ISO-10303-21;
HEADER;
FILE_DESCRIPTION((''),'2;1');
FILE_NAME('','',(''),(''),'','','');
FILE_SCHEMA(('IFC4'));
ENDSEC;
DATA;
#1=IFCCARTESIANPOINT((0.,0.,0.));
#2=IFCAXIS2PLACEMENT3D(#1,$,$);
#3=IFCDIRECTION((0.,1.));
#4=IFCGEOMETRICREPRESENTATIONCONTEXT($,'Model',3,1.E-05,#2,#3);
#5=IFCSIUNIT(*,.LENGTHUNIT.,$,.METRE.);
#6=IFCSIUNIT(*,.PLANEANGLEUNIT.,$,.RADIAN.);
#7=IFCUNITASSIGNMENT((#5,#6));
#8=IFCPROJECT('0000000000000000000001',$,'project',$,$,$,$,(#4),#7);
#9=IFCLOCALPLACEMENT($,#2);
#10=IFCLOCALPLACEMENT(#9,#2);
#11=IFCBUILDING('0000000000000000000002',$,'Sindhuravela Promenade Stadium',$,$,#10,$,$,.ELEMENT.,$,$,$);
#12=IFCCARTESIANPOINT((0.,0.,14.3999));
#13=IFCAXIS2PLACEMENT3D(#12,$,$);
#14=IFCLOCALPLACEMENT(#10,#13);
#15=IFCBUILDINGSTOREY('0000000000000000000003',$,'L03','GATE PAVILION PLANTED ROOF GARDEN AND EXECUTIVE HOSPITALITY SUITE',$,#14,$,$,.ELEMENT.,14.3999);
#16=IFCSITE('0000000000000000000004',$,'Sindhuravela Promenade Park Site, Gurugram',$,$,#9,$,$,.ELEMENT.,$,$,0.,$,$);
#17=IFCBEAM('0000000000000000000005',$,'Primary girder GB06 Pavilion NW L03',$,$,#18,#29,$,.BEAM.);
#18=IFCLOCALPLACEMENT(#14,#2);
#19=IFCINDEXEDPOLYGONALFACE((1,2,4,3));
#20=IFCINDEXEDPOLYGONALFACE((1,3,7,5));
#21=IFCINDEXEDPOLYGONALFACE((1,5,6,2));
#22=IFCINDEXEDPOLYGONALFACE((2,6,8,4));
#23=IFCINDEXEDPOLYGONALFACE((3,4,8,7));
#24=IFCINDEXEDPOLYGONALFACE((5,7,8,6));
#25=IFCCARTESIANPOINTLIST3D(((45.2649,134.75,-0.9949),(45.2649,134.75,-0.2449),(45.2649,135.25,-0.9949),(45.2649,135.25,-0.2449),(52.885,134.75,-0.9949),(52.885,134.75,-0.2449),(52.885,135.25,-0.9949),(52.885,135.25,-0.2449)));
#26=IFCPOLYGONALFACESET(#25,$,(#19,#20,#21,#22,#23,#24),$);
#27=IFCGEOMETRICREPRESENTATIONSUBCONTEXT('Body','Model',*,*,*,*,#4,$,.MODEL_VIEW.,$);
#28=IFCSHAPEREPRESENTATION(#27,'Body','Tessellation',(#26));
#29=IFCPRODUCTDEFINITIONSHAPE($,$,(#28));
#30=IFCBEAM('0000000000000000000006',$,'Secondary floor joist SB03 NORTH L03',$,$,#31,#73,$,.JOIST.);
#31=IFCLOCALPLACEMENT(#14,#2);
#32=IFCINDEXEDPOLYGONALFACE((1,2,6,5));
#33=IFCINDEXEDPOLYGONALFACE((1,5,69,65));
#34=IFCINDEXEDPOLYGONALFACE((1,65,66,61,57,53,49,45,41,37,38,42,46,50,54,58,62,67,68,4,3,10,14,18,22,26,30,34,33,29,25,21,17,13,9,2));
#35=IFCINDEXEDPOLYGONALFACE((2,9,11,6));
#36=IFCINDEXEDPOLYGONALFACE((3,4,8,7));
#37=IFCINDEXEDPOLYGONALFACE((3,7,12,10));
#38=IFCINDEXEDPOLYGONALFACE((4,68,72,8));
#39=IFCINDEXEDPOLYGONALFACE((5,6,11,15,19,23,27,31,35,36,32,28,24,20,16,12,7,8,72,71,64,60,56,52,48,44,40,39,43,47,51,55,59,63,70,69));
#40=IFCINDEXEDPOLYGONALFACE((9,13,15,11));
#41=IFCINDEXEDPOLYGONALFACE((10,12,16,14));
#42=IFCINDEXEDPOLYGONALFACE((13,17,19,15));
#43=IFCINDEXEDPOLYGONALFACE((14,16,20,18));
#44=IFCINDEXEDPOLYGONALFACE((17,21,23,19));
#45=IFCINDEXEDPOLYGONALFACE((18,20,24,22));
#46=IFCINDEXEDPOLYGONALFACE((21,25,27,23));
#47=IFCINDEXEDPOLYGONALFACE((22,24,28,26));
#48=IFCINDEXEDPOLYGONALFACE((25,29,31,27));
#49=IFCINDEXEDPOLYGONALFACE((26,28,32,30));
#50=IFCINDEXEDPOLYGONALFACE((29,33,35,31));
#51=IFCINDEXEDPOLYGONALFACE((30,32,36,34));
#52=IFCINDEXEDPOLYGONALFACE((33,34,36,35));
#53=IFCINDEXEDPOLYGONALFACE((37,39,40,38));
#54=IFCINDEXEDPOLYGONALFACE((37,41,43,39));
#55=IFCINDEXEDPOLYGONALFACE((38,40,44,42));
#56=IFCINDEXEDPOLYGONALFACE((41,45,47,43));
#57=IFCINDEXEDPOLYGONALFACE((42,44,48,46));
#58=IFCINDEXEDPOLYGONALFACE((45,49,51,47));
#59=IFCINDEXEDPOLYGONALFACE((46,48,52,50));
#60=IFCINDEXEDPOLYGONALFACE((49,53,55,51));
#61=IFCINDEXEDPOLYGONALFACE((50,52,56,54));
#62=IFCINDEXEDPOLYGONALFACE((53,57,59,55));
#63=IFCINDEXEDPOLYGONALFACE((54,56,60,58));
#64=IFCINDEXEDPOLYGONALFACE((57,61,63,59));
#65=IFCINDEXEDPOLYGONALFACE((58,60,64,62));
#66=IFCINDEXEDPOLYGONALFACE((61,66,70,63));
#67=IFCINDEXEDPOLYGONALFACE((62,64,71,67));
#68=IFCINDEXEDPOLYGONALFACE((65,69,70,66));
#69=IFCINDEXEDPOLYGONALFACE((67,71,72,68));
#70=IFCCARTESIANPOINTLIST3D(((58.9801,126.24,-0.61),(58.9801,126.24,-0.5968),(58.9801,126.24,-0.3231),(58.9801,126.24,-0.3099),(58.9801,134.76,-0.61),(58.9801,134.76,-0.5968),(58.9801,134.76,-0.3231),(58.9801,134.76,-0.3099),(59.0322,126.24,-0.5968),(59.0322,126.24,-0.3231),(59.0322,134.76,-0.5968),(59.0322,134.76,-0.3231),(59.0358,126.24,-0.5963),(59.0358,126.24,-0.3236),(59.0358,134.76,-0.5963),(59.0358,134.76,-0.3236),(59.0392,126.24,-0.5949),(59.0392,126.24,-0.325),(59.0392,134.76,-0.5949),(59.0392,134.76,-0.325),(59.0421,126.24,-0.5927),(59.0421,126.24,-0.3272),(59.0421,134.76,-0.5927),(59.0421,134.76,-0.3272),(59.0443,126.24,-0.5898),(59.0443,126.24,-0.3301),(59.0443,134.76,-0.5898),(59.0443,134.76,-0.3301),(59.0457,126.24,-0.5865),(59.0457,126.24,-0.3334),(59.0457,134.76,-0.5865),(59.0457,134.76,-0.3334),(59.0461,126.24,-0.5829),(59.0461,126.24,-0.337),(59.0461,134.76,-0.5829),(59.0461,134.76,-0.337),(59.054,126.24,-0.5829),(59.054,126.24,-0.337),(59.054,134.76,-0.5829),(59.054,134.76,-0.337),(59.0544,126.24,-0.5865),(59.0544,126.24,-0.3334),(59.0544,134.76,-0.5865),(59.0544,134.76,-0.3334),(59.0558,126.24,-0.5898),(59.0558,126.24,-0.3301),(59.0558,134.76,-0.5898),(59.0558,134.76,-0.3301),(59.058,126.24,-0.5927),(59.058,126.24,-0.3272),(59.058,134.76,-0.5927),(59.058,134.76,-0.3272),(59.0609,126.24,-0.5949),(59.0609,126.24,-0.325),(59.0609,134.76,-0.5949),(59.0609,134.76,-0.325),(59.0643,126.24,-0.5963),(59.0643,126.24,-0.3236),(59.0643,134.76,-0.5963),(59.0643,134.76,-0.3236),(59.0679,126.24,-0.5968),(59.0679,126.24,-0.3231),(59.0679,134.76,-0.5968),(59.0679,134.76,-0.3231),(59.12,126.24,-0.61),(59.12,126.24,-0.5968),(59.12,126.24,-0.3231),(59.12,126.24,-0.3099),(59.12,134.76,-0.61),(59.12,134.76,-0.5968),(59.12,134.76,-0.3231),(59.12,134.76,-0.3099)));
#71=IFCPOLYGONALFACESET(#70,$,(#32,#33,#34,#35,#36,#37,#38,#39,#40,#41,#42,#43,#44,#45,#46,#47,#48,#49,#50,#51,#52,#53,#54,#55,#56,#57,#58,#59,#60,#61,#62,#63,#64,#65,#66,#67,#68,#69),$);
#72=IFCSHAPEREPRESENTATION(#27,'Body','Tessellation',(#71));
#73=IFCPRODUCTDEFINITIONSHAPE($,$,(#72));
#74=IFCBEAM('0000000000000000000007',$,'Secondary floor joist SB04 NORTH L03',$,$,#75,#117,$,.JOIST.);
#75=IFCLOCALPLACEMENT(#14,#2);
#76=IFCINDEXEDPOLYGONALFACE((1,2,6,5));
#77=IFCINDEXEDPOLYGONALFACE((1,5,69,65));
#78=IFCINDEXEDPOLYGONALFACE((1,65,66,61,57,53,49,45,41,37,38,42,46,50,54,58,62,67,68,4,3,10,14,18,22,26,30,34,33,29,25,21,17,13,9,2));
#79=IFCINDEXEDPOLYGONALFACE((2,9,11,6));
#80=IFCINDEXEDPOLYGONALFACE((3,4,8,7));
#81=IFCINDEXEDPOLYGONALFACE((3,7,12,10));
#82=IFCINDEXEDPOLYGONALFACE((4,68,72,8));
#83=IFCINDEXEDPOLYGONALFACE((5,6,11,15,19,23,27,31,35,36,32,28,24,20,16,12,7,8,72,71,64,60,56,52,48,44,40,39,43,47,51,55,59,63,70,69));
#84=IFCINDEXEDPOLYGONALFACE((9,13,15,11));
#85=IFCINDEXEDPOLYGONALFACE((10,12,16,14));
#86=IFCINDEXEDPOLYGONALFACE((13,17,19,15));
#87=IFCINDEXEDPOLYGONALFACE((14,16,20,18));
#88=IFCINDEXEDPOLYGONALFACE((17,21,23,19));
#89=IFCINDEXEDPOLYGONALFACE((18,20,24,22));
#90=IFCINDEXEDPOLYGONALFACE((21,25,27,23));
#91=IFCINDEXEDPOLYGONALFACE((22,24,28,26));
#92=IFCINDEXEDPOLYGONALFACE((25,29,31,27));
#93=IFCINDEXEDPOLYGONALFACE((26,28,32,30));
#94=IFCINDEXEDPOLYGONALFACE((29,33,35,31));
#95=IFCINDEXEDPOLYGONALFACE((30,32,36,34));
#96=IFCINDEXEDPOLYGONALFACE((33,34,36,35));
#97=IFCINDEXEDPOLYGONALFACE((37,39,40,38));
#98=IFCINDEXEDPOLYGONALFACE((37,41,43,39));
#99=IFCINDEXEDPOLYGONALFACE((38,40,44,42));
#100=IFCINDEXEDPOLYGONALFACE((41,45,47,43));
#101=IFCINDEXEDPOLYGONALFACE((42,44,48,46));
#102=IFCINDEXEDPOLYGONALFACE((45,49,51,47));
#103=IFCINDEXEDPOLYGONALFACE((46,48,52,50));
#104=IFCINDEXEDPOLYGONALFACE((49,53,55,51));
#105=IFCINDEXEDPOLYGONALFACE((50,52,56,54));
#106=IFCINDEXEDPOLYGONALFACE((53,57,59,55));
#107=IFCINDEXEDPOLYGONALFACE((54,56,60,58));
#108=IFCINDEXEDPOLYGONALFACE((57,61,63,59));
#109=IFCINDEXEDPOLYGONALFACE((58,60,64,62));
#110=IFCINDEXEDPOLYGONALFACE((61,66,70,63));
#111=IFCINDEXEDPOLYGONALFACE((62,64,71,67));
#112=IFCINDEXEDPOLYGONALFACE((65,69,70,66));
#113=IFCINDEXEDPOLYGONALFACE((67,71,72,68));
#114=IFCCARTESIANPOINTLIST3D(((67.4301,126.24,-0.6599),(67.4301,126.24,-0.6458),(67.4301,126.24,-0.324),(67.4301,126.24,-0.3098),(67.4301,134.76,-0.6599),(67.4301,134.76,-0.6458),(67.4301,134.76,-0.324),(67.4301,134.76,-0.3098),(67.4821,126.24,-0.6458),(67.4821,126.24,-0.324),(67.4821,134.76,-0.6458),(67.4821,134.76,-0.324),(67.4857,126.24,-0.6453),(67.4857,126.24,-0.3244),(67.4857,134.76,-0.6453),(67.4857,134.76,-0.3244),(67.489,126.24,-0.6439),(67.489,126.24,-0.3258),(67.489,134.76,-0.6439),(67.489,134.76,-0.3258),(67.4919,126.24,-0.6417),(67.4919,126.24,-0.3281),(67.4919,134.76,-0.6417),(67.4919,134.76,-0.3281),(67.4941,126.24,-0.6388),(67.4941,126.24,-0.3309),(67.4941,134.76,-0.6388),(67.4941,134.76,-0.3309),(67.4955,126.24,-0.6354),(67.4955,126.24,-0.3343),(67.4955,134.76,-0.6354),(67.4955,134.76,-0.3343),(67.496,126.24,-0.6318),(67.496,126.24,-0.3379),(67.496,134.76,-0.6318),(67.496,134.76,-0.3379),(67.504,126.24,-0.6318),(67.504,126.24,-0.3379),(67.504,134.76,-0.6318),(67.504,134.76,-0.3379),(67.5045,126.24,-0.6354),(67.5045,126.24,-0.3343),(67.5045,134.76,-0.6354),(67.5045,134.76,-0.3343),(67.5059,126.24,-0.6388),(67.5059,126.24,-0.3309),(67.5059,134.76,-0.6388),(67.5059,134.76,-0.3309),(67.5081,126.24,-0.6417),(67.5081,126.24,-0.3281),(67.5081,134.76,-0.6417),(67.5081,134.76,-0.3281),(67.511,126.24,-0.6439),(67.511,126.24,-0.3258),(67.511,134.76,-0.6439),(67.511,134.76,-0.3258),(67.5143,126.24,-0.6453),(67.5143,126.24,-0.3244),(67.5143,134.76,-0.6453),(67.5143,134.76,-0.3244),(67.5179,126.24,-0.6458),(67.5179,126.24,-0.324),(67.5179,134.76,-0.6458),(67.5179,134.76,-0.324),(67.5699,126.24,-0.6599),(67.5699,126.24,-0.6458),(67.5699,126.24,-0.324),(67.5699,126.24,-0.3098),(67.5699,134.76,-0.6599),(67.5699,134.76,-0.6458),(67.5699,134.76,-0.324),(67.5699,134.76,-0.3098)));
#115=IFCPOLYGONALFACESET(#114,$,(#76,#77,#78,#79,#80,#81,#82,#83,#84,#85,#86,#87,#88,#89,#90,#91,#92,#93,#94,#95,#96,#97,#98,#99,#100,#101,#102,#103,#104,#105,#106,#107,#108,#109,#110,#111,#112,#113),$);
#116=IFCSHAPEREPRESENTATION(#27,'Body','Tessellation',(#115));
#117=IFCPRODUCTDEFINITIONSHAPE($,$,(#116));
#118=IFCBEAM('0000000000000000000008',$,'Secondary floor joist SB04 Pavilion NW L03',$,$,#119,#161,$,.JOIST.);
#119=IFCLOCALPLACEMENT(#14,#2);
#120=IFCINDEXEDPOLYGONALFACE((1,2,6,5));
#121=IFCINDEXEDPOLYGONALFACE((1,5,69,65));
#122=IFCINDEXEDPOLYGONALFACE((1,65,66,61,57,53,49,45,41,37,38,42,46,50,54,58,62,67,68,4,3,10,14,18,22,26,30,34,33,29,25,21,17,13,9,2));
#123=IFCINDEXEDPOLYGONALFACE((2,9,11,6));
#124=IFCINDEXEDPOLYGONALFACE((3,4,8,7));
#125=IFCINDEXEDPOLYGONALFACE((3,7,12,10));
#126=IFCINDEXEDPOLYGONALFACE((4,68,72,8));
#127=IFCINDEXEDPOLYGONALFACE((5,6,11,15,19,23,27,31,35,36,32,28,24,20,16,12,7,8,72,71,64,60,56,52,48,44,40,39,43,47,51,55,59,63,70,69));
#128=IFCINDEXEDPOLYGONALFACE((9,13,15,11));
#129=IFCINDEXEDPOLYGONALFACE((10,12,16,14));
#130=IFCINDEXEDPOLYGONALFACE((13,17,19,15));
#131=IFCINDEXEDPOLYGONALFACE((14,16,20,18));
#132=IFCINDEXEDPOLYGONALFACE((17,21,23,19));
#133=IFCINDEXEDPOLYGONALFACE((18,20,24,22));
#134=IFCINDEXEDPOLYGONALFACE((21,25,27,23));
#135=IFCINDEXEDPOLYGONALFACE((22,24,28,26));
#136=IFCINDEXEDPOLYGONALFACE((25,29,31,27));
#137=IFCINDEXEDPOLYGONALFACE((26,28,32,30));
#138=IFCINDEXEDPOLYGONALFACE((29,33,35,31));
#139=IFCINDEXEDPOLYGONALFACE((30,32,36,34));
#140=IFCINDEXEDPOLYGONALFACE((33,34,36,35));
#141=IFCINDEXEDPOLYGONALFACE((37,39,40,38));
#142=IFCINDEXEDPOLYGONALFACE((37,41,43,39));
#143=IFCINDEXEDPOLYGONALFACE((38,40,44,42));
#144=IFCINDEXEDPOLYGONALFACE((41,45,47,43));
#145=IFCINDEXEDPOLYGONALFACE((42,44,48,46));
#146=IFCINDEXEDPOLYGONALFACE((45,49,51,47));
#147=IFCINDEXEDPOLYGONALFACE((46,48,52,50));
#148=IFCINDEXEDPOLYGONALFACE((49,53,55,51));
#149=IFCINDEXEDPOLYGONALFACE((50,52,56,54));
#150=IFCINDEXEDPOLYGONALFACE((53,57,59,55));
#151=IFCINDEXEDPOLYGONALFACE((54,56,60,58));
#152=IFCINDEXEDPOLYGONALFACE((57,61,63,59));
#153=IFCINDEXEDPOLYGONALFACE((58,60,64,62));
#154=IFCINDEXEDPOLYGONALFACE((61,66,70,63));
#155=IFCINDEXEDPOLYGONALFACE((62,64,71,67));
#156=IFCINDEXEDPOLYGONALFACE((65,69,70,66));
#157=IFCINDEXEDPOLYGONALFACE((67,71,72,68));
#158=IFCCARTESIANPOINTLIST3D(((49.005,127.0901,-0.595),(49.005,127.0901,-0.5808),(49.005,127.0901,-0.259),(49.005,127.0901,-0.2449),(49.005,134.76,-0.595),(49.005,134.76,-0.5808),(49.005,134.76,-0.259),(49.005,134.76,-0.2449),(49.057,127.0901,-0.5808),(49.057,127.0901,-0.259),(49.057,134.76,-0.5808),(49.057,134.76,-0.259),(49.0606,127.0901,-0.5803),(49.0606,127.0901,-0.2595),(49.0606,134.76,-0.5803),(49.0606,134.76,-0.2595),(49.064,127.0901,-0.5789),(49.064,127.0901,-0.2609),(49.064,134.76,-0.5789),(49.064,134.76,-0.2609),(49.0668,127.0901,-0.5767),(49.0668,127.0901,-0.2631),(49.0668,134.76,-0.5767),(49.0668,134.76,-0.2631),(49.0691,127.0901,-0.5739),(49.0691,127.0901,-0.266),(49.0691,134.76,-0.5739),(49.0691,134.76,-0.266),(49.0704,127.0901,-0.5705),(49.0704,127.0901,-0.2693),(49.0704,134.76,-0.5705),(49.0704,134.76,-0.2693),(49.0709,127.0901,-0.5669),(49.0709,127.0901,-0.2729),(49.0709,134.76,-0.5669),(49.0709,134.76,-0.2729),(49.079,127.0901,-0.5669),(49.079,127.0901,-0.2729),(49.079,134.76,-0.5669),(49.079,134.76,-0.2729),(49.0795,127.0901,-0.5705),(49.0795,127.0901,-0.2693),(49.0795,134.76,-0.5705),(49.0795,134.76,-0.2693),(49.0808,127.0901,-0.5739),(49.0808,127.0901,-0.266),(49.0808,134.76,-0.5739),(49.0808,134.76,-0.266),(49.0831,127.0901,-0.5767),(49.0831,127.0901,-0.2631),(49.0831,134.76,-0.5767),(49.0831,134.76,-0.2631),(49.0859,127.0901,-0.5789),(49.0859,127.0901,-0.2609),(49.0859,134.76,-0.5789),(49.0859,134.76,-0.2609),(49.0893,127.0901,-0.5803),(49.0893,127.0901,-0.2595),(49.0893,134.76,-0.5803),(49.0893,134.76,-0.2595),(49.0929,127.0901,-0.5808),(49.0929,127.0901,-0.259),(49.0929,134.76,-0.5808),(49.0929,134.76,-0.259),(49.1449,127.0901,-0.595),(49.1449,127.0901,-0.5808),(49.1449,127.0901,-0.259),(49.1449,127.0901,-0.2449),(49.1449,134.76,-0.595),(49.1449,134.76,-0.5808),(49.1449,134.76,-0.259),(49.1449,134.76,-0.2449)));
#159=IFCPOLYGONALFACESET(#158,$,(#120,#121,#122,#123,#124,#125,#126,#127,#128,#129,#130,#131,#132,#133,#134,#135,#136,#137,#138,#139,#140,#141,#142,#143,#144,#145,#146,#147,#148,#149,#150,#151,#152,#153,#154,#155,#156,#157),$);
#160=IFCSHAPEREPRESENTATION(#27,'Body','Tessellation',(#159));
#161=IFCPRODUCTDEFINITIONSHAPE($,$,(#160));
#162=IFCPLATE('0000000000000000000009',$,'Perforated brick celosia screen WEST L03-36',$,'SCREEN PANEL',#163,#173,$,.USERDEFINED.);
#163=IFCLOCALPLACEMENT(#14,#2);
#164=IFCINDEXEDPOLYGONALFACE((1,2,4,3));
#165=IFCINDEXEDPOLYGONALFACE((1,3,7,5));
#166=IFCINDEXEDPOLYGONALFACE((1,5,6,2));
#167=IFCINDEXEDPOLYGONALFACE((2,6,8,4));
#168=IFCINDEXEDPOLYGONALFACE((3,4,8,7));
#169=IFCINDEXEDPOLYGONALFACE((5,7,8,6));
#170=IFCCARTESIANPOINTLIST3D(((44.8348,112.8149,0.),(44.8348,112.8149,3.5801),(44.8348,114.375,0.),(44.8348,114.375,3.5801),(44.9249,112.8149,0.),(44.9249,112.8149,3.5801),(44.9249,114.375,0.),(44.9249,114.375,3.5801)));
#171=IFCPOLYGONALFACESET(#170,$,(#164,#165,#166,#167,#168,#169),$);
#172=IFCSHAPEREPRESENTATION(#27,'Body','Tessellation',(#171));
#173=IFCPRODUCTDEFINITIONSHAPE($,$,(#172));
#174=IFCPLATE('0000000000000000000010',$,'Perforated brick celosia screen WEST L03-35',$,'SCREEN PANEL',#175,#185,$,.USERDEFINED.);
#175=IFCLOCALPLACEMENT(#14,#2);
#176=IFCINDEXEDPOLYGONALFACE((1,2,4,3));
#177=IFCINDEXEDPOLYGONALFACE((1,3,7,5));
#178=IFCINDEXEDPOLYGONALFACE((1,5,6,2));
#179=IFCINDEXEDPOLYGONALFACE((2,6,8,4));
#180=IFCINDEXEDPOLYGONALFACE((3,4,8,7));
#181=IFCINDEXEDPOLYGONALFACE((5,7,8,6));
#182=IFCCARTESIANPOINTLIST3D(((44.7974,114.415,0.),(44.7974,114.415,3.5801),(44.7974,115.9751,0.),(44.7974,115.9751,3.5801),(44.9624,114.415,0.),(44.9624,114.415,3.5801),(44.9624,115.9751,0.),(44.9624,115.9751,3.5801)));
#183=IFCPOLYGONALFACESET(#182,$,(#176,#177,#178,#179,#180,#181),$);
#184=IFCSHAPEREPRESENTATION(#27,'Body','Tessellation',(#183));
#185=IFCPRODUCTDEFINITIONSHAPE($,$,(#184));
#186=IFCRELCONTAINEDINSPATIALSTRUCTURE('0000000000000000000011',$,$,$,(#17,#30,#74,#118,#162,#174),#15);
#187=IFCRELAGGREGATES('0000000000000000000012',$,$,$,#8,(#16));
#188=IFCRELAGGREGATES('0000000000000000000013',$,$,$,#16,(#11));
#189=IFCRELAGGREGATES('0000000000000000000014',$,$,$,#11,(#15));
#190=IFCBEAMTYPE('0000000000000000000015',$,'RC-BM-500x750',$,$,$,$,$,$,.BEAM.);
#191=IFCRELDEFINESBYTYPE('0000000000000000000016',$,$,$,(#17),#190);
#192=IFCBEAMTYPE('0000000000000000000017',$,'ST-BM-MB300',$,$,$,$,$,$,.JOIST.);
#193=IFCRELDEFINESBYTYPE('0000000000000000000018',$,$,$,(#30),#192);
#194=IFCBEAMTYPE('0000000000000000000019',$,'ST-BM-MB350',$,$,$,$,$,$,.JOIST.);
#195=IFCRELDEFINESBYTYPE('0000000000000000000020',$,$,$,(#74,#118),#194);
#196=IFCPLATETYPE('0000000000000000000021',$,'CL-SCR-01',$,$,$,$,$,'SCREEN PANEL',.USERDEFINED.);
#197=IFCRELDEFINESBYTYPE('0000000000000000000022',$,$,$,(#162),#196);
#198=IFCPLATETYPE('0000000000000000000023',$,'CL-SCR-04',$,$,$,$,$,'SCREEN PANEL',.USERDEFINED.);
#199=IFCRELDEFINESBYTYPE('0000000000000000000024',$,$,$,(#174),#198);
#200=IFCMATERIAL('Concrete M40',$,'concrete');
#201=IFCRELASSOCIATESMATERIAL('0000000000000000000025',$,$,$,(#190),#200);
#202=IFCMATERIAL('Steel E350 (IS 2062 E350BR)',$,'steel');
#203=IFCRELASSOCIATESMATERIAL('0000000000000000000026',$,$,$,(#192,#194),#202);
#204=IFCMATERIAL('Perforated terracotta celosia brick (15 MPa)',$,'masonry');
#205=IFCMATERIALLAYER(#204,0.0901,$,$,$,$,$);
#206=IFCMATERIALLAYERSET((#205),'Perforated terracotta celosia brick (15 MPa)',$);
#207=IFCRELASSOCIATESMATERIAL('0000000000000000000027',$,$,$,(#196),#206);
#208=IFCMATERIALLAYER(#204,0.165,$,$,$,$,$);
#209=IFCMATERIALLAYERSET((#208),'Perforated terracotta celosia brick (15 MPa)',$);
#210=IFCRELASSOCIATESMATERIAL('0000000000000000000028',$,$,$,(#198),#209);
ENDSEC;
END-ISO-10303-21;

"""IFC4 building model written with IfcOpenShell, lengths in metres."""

from ifc_helpers import new_model, si_unit, direction, frame, origin, origin_2d, place, context, subcontext, project, spatial, rectangle, i_section, extrude, material, layer, layer_set, material_profile, profile_set, type_object, element, save


model = new_model("IFC4")

# Units and contexts
model_context = context("Model", 3, precision=1e-05, world=origin(), true_north=direction((0.0, 1.0)))
body_context = subcontext(model_context, "Body", "Model", "MODEL_VIEW")
ifc_project = project(units=[si_unit("LENGTHUNIT", "METRE"), si_unit("PLANEANGLEUNIT", "RADIAN")], contexts=[model_context])

# Site, building, storey
site_placement = place(None, origin())
site = spatial("IfcSite", under=ifc_project, at=site_placement, Name="Sindhuravela Promenade Park Site, Gurugram", CompositionType="ELEMENT", RefElevation=0.0)
building_placement = place(site_placement, origin())
building = spatial("IfcBuilding", under=site, at=building_placement, Name="Sindhuravela Promenade Stadium", CompositionType="ELEMENT")
storey_placement = place(building_placement, frame((0.0, 0.0, 14.3999)))
storey = spatial("IfcBuildingStorey", under=building, at=storey_placement, Name="L03", Description="GATE PAVILION PLANTED ROOF GARDEN AND EXECUTIVE HOSPITALITY SUITE", CompositionType="ELEMENT", Elevation=14.3999)

# Shared definitions
ifc_material_1 = material(Name="Concrete M40", Category="concrete")

# Beams
ifc_material_profile_1 = material_profile(ifc_material_1, rectangle(XDim=0.5, YDim=0.75, at=origin_2d()), Name="RC 500x750")
ifc_profile_set_1 = profile_set([ifc_material_profile_1], Name="Concrete M40")
beam_type_1 = type_object("IfcBeamType", Name="RC-BM-500x750", PredefinedType="BEAM", material=ifc_profile_set_1)
for number, where, z_axis, x_axis, name in (
    (1, (45.2649, 135.0, -0.6199), (1.0, 0.0, 0.0), (0.0, 1.0, 0.0), "Primary girder GB06 Pavilion NW L03"),
):
    element("IfcBeam", number, at=place(storey_placement, frame(where, z_axis=z_axis, x_axis=x_axis)), inside=storey, type_object=beam_type_1, Name=name, PredefinedType="BEAM", context=body_context, shape_type="SweptSolid", body=[
        extrude(rectangle(XDim=0.5, YDim=0.75, at=origin_2d()), origin(), (0.0, 0.0, 1.0), 7.6201),
    ])
ifc_material_2 = material(Name="Steel E350 (IS 2062 E350BR)", Category="steel")
ifc_material_profile_2 = material_profile(ifc_material_2, i_section(OverallWidth=0.1399, OverallDepth=0.3, WebThickness=0.0078, FlangeThickness=0.0132, FilletRadius=0.0139, at=origin_2d()), Name="ISMB 300")
ifc_profile_set_2 = profile_set([ifc_material_profile_2], Name="Steel E350 (IS 2062 E350BR)")
beam_type_2 = type_object("IfcBeamType", Name="ST-BM-MB300", PredefinedType="JOIST", material=ifc_profile_set_2)
beam_1_placement = place(storey_placement, frame((59.05, 126.24, -0.46), z_axis=(0.0, 1.0, 0.0), x_axis=(-1.0, 0.0, 0.0)))
element("IfcBeam", 2, at=beam_1_placement, inside=storey, type_object=beam_type_2, Name="Secondary floor joist SB03 NORTH L03", PredefinedType="JOIST", context=body_context, shape_type="SweptSolid", body=[
    extrude(i_section(OverallWidth=0.1399, OverallDepth=0.3, WebThickness=0.0078, FlangeThickness=0.0132, FilletRadius=0.0139, at=origin_2d()), origin(), (0.0, 0.0, 1.0), 8.52),
])
ifc_material_profile_3 = material_profile(ifc_material_2, i_section(OverallWidth=0.1399, OverallDepth=0.3501, WebThickness=0.0081, FlangeThickness=0.0142, FilletRadius=0.0139, at=origin_2d()), Name="ISMB 350")
ifc_profile_set_3 = profile_set([ifc_material_profile_3], Name="Steel E350 (IS 2062 E350BR)")
beam_type_3 = type_object("IfcBeamType", Name="ST-BM-MB350", PredefinedType="JOIST", material=ifc_profile_set_3)
beam_2_placement = place(storey_placement, frame((67.5, 126.24, -0.4849), z_axis=(0.0, 1.0, 0.0), x_axis=(-1.0, 0.0, 0.0)))
element("IfcBeam", 3, at=beam_2_placement, inside=storey, type_object=beam_type_3, Name="Secondary floor joist SB04 NORTH L03", PredefinedType="JOIST", context=body_context, shape_type="SweptSolid", body=[
    extrude(i_section(OverallWidth=0.1399, OverallDepth=0.3501, WebThickness=0.0081, FlangeThickness=0.0142, FilletRadius=0.0139, at=origin_2d()), origin(), (0.0, 0.0, 1.0), 8.52),
])
beam_3_placement = place(storey_placement, frame((49.075, 127.0901, -0.4199), z_axis=(0.0, 1.0, 0.0), x_axis=(-1.0, 0.0, 0.0)))
element("IfcBeam", 4, at=beam_3_placement, inside=storey, type_object=beam_type_3, Name="Secondary floor joist SB04 Pavilion NW L03", PredefinedType="JOIST", context=body_context, shape_type="SweptSolid", body=[
    extrude(i_section(OverallWidth=0.1399, OverallDepth=0.3501, WebThickness=0.0081, FlangeThickness=0.0142, FilletRadius=0.0139, at=origin_2d()), origin(), (0.0, 0.0, 1.0), 7.6699),
])

# Plates
ifc_material_3 = material(Name="Perforated terracotta celosia brick (15 MPa)", Category="masonry")
ifc_layer_1 = layer(ifc_material_3, 0.0901)
ifc_layer_set_1 = layer_set([ifc_layer_1], Name="Perforated terracotta celosia brick (15 MPa)")
plate_type_1 = type_object("IfcPlateType", Name="CL-SCR-01", ElementType="SCREEN PANEL", PredefinedType="USERDEFINED", material=ifc_layer_set_1)
plate_1_placement = place(storey_placement, frame((44.8799, 113.595, 0.0), z_axis=(0.0, 0.0, 1.0), x_axis=(0.0, -1.0, 0.0)))
element("IfcPlate", 5, at=plate_1_placement, inside=storey, type_object=plate_type_1, Name="Perforated brick celosia screen WEST L03-36", ObjectType="SCREEN PANEL", PredefinedType="USERDEFINED", context=body_context, shape_type="SweptSolid", body=[
    extrude(rectangle(XDim=1.5601, YDim=0.0901, at=origin_2d()), origin(), (0.0, 0.0, 1.0), 3.5801),
])
ifc_layer_2 = layer(ifc_material_3, 0.165)
ifc_layer_set_2 = layer_set([ifc_layer_2], Name="Perforated terracotta celosia brick (15 MPa)")
plate_type_2 = type_object("IfcPlateType", Name="CL-SCR-04", ElementType="SCREEN PANEL", PredefinedType="USERDEFINED", material=ifc_layer_set_2)
plate_2_placement = place(storey_placement, frame((44.8799, 115.1951, 0.0), z_axis=(0.0, 0.0, 1.0), x_axis=(0.0, -1.0, 0.0)))
element("IfcPlate", 6, at=plate_2_placement, inside=storey, type_object=plate_type_2, Name="Perforated brick celosia screen WEST L03-35", ObjectType="SCREEN PANEL", PredefinedType="USERDEFINED", context=body_context, shape_type="SweptSolid", body=[
    extrude(rectangle(XDim=1.5601, YDim=0.165, at=origin_2d()), origin(), (0.0, 0.0, 1.0), 3.5801),
])

save(model, "model.ifc")
